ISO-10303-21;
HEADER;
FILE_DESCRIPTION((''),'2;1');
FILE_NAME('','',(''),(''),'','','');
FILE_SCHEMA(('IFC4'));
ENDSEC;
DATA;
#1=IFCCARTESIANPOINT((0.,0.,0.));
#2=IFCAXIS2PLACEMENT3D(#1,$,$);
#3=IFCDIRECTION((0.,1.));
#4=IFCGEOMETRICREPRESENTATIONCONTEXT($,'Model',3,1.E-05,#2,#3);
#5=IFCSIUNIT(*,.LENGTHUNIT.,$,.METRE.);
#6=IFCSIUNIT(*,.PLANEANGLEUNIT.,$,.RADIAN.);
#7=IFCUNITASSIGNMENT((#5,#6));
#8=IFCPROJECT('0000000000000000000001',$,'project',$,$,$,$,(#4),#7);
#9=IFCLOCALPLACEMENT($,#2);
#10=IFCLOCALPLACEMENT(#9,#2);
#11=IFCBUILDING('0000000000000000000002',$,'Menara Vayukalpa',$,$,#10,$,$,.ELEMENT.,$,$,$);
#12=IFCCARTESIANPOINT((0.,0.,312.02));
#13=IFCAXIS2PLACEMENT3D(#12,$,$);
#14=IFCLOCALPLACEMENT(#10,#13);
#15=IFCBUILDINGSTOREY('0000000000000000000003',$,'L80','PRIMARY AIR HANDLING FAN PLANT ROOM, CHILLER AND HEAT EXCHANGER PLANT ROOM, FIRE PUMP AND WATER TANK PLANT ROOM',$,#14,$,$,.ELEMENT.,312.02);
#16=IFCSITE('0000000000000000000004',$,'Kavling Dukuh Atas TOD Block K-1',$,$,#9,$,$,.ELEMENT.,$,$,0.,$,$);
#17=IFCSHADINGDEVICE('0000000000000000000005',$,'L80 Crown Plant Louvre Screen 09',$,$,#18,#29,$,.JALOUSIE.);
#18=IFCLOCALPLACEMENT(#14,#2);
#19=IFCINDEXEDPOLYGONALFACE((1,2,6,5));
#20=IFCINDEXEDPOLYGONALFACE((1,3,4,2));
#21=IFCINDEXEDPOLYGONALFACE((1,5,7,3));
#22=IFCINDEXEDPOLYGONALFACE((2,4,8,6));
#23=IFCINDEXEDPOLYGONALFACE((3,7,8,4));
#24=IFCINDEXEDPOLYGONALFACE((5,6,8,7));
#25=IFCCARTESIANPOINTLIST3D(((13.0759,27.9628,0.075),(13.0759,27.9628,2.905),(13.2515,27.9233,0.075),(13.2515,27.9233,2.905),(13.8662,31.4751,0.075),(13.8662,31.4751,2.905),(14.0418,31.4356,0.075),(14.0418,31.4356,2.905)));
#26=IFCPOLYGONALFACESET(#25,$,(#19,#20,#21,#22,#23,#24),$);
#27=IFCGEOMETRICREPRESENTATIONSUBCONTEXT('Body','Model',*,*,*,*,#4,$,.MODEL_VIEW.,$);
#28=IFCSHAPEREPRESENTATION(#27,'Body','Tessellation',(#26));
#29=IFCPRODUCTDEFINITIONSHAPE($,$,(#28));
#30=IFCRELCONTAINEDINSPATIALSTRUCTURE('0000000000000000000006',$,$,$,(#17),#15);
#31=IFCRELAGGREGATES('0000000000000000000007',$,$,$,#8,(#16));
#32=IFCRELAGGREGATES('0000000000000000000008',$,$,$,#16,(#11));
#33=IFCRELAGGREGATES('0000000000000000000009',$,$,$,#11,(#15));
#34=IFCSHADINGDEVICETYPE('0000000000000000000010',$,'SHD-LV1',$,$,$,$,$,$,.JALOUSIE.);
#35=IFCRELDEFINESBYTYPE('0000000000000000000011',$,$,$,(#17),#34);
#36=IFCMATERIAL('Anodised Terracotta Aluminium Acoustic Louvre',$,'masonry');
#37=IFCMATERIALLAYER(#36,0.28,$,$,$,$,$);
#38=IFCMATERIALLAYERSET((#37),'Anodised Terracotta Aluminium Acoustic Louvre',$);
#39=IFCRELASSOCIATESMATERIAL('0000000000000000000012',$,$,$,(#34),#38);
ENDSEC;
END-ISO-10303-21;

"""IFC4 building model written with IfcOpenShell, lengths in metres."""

from ifc_helpers import new_model, si_unit, direction, frame, origin, origin_2d, place, context, subcontext, project, spatial, rectangle, extrude, material, layer, layer_set, type_object, element, save


model = new_model("IFC4")

# Units and contexts
model_context = context("Model", 3, precision=1e-05, world=origin(), true_north=direction((0.0, 1.0)))
body_context = subcontext(model_context, "Body", "Model", "MODEL_VIEW")
ifc_project = project(units=[si_unit("LENGTHUNIT", "METRE"), si_unit("PLANEANGLEUNIT", "RADIAN")], contexts=[model_context])

# Site, building, storey
site_placement = place(None, origin())
site = spatial("IfcSite", under=ifc_project, at=site_placement, Name="Kavling Dukuh Atas TOD Block K-1", CompositionType="ELEMENT", RefElevation=0.0)
building_placement = place(site_placement, origin())
building = spatial("IfcBuilding", under=site, at=building_placement, Name="Menara Vayukalpa", CompositionType="ELEMENT")
storey_placement = place(building_placement, frame((0.0, 0.0, 312.02)))
storey = spatial("IfcBuildingStorey", under=building, at=storey_placement, Name="L80", Description="PRIMARY AIR HANDLING FAN PLANT ROOM, CHILLER AND HEAT EXCHANGER PLANT ROOM, FIRE PUMP AND WATER TANK PLANT ROOM", CompositionType="ELEMENT", Elevation=312.02)

# Shading device
ifc_material_1 = material(Name="Anodised Terracotta Aluminium Acoustic Louvre", Category="masonry")
ifc_layer_1 = layer(ifc_material_1, 0.28)
ifc_layer_set_1 = layer_set([ifc_layer_1], Name="Anodised Terracotta Aluminium Acoustic Louvre")
shading_device_type = type_object("IfcShadingDeviceType", Name="SHD-LV1", PredefinedType="JALOUSIE", material=ifc_layer_set_1)
shading_device_placement = place(storey_placement, frame((13.5588, 29.6992, 0.075), z_axis=(0.0, 0.0, 1.0), x_axis=(-0.219523, -0.975607, 0.0)))
element("IfcShadingDevice", 1, at=shading_device_placement, inside=storey, type_object=shading_device_type, Name="L80 Crown Plant Louvre Screen 09", PredefinedType="JALOUSIE", context=body_context, shape_type="SweptSolid", body=[
    extrude(rectangle(XDim=3.6001, YDim=0.1799, at=origin_2d()), origin(), (0.0, 0.0, 1.0), 2.8301),
])

save(model, "model.ifc")
